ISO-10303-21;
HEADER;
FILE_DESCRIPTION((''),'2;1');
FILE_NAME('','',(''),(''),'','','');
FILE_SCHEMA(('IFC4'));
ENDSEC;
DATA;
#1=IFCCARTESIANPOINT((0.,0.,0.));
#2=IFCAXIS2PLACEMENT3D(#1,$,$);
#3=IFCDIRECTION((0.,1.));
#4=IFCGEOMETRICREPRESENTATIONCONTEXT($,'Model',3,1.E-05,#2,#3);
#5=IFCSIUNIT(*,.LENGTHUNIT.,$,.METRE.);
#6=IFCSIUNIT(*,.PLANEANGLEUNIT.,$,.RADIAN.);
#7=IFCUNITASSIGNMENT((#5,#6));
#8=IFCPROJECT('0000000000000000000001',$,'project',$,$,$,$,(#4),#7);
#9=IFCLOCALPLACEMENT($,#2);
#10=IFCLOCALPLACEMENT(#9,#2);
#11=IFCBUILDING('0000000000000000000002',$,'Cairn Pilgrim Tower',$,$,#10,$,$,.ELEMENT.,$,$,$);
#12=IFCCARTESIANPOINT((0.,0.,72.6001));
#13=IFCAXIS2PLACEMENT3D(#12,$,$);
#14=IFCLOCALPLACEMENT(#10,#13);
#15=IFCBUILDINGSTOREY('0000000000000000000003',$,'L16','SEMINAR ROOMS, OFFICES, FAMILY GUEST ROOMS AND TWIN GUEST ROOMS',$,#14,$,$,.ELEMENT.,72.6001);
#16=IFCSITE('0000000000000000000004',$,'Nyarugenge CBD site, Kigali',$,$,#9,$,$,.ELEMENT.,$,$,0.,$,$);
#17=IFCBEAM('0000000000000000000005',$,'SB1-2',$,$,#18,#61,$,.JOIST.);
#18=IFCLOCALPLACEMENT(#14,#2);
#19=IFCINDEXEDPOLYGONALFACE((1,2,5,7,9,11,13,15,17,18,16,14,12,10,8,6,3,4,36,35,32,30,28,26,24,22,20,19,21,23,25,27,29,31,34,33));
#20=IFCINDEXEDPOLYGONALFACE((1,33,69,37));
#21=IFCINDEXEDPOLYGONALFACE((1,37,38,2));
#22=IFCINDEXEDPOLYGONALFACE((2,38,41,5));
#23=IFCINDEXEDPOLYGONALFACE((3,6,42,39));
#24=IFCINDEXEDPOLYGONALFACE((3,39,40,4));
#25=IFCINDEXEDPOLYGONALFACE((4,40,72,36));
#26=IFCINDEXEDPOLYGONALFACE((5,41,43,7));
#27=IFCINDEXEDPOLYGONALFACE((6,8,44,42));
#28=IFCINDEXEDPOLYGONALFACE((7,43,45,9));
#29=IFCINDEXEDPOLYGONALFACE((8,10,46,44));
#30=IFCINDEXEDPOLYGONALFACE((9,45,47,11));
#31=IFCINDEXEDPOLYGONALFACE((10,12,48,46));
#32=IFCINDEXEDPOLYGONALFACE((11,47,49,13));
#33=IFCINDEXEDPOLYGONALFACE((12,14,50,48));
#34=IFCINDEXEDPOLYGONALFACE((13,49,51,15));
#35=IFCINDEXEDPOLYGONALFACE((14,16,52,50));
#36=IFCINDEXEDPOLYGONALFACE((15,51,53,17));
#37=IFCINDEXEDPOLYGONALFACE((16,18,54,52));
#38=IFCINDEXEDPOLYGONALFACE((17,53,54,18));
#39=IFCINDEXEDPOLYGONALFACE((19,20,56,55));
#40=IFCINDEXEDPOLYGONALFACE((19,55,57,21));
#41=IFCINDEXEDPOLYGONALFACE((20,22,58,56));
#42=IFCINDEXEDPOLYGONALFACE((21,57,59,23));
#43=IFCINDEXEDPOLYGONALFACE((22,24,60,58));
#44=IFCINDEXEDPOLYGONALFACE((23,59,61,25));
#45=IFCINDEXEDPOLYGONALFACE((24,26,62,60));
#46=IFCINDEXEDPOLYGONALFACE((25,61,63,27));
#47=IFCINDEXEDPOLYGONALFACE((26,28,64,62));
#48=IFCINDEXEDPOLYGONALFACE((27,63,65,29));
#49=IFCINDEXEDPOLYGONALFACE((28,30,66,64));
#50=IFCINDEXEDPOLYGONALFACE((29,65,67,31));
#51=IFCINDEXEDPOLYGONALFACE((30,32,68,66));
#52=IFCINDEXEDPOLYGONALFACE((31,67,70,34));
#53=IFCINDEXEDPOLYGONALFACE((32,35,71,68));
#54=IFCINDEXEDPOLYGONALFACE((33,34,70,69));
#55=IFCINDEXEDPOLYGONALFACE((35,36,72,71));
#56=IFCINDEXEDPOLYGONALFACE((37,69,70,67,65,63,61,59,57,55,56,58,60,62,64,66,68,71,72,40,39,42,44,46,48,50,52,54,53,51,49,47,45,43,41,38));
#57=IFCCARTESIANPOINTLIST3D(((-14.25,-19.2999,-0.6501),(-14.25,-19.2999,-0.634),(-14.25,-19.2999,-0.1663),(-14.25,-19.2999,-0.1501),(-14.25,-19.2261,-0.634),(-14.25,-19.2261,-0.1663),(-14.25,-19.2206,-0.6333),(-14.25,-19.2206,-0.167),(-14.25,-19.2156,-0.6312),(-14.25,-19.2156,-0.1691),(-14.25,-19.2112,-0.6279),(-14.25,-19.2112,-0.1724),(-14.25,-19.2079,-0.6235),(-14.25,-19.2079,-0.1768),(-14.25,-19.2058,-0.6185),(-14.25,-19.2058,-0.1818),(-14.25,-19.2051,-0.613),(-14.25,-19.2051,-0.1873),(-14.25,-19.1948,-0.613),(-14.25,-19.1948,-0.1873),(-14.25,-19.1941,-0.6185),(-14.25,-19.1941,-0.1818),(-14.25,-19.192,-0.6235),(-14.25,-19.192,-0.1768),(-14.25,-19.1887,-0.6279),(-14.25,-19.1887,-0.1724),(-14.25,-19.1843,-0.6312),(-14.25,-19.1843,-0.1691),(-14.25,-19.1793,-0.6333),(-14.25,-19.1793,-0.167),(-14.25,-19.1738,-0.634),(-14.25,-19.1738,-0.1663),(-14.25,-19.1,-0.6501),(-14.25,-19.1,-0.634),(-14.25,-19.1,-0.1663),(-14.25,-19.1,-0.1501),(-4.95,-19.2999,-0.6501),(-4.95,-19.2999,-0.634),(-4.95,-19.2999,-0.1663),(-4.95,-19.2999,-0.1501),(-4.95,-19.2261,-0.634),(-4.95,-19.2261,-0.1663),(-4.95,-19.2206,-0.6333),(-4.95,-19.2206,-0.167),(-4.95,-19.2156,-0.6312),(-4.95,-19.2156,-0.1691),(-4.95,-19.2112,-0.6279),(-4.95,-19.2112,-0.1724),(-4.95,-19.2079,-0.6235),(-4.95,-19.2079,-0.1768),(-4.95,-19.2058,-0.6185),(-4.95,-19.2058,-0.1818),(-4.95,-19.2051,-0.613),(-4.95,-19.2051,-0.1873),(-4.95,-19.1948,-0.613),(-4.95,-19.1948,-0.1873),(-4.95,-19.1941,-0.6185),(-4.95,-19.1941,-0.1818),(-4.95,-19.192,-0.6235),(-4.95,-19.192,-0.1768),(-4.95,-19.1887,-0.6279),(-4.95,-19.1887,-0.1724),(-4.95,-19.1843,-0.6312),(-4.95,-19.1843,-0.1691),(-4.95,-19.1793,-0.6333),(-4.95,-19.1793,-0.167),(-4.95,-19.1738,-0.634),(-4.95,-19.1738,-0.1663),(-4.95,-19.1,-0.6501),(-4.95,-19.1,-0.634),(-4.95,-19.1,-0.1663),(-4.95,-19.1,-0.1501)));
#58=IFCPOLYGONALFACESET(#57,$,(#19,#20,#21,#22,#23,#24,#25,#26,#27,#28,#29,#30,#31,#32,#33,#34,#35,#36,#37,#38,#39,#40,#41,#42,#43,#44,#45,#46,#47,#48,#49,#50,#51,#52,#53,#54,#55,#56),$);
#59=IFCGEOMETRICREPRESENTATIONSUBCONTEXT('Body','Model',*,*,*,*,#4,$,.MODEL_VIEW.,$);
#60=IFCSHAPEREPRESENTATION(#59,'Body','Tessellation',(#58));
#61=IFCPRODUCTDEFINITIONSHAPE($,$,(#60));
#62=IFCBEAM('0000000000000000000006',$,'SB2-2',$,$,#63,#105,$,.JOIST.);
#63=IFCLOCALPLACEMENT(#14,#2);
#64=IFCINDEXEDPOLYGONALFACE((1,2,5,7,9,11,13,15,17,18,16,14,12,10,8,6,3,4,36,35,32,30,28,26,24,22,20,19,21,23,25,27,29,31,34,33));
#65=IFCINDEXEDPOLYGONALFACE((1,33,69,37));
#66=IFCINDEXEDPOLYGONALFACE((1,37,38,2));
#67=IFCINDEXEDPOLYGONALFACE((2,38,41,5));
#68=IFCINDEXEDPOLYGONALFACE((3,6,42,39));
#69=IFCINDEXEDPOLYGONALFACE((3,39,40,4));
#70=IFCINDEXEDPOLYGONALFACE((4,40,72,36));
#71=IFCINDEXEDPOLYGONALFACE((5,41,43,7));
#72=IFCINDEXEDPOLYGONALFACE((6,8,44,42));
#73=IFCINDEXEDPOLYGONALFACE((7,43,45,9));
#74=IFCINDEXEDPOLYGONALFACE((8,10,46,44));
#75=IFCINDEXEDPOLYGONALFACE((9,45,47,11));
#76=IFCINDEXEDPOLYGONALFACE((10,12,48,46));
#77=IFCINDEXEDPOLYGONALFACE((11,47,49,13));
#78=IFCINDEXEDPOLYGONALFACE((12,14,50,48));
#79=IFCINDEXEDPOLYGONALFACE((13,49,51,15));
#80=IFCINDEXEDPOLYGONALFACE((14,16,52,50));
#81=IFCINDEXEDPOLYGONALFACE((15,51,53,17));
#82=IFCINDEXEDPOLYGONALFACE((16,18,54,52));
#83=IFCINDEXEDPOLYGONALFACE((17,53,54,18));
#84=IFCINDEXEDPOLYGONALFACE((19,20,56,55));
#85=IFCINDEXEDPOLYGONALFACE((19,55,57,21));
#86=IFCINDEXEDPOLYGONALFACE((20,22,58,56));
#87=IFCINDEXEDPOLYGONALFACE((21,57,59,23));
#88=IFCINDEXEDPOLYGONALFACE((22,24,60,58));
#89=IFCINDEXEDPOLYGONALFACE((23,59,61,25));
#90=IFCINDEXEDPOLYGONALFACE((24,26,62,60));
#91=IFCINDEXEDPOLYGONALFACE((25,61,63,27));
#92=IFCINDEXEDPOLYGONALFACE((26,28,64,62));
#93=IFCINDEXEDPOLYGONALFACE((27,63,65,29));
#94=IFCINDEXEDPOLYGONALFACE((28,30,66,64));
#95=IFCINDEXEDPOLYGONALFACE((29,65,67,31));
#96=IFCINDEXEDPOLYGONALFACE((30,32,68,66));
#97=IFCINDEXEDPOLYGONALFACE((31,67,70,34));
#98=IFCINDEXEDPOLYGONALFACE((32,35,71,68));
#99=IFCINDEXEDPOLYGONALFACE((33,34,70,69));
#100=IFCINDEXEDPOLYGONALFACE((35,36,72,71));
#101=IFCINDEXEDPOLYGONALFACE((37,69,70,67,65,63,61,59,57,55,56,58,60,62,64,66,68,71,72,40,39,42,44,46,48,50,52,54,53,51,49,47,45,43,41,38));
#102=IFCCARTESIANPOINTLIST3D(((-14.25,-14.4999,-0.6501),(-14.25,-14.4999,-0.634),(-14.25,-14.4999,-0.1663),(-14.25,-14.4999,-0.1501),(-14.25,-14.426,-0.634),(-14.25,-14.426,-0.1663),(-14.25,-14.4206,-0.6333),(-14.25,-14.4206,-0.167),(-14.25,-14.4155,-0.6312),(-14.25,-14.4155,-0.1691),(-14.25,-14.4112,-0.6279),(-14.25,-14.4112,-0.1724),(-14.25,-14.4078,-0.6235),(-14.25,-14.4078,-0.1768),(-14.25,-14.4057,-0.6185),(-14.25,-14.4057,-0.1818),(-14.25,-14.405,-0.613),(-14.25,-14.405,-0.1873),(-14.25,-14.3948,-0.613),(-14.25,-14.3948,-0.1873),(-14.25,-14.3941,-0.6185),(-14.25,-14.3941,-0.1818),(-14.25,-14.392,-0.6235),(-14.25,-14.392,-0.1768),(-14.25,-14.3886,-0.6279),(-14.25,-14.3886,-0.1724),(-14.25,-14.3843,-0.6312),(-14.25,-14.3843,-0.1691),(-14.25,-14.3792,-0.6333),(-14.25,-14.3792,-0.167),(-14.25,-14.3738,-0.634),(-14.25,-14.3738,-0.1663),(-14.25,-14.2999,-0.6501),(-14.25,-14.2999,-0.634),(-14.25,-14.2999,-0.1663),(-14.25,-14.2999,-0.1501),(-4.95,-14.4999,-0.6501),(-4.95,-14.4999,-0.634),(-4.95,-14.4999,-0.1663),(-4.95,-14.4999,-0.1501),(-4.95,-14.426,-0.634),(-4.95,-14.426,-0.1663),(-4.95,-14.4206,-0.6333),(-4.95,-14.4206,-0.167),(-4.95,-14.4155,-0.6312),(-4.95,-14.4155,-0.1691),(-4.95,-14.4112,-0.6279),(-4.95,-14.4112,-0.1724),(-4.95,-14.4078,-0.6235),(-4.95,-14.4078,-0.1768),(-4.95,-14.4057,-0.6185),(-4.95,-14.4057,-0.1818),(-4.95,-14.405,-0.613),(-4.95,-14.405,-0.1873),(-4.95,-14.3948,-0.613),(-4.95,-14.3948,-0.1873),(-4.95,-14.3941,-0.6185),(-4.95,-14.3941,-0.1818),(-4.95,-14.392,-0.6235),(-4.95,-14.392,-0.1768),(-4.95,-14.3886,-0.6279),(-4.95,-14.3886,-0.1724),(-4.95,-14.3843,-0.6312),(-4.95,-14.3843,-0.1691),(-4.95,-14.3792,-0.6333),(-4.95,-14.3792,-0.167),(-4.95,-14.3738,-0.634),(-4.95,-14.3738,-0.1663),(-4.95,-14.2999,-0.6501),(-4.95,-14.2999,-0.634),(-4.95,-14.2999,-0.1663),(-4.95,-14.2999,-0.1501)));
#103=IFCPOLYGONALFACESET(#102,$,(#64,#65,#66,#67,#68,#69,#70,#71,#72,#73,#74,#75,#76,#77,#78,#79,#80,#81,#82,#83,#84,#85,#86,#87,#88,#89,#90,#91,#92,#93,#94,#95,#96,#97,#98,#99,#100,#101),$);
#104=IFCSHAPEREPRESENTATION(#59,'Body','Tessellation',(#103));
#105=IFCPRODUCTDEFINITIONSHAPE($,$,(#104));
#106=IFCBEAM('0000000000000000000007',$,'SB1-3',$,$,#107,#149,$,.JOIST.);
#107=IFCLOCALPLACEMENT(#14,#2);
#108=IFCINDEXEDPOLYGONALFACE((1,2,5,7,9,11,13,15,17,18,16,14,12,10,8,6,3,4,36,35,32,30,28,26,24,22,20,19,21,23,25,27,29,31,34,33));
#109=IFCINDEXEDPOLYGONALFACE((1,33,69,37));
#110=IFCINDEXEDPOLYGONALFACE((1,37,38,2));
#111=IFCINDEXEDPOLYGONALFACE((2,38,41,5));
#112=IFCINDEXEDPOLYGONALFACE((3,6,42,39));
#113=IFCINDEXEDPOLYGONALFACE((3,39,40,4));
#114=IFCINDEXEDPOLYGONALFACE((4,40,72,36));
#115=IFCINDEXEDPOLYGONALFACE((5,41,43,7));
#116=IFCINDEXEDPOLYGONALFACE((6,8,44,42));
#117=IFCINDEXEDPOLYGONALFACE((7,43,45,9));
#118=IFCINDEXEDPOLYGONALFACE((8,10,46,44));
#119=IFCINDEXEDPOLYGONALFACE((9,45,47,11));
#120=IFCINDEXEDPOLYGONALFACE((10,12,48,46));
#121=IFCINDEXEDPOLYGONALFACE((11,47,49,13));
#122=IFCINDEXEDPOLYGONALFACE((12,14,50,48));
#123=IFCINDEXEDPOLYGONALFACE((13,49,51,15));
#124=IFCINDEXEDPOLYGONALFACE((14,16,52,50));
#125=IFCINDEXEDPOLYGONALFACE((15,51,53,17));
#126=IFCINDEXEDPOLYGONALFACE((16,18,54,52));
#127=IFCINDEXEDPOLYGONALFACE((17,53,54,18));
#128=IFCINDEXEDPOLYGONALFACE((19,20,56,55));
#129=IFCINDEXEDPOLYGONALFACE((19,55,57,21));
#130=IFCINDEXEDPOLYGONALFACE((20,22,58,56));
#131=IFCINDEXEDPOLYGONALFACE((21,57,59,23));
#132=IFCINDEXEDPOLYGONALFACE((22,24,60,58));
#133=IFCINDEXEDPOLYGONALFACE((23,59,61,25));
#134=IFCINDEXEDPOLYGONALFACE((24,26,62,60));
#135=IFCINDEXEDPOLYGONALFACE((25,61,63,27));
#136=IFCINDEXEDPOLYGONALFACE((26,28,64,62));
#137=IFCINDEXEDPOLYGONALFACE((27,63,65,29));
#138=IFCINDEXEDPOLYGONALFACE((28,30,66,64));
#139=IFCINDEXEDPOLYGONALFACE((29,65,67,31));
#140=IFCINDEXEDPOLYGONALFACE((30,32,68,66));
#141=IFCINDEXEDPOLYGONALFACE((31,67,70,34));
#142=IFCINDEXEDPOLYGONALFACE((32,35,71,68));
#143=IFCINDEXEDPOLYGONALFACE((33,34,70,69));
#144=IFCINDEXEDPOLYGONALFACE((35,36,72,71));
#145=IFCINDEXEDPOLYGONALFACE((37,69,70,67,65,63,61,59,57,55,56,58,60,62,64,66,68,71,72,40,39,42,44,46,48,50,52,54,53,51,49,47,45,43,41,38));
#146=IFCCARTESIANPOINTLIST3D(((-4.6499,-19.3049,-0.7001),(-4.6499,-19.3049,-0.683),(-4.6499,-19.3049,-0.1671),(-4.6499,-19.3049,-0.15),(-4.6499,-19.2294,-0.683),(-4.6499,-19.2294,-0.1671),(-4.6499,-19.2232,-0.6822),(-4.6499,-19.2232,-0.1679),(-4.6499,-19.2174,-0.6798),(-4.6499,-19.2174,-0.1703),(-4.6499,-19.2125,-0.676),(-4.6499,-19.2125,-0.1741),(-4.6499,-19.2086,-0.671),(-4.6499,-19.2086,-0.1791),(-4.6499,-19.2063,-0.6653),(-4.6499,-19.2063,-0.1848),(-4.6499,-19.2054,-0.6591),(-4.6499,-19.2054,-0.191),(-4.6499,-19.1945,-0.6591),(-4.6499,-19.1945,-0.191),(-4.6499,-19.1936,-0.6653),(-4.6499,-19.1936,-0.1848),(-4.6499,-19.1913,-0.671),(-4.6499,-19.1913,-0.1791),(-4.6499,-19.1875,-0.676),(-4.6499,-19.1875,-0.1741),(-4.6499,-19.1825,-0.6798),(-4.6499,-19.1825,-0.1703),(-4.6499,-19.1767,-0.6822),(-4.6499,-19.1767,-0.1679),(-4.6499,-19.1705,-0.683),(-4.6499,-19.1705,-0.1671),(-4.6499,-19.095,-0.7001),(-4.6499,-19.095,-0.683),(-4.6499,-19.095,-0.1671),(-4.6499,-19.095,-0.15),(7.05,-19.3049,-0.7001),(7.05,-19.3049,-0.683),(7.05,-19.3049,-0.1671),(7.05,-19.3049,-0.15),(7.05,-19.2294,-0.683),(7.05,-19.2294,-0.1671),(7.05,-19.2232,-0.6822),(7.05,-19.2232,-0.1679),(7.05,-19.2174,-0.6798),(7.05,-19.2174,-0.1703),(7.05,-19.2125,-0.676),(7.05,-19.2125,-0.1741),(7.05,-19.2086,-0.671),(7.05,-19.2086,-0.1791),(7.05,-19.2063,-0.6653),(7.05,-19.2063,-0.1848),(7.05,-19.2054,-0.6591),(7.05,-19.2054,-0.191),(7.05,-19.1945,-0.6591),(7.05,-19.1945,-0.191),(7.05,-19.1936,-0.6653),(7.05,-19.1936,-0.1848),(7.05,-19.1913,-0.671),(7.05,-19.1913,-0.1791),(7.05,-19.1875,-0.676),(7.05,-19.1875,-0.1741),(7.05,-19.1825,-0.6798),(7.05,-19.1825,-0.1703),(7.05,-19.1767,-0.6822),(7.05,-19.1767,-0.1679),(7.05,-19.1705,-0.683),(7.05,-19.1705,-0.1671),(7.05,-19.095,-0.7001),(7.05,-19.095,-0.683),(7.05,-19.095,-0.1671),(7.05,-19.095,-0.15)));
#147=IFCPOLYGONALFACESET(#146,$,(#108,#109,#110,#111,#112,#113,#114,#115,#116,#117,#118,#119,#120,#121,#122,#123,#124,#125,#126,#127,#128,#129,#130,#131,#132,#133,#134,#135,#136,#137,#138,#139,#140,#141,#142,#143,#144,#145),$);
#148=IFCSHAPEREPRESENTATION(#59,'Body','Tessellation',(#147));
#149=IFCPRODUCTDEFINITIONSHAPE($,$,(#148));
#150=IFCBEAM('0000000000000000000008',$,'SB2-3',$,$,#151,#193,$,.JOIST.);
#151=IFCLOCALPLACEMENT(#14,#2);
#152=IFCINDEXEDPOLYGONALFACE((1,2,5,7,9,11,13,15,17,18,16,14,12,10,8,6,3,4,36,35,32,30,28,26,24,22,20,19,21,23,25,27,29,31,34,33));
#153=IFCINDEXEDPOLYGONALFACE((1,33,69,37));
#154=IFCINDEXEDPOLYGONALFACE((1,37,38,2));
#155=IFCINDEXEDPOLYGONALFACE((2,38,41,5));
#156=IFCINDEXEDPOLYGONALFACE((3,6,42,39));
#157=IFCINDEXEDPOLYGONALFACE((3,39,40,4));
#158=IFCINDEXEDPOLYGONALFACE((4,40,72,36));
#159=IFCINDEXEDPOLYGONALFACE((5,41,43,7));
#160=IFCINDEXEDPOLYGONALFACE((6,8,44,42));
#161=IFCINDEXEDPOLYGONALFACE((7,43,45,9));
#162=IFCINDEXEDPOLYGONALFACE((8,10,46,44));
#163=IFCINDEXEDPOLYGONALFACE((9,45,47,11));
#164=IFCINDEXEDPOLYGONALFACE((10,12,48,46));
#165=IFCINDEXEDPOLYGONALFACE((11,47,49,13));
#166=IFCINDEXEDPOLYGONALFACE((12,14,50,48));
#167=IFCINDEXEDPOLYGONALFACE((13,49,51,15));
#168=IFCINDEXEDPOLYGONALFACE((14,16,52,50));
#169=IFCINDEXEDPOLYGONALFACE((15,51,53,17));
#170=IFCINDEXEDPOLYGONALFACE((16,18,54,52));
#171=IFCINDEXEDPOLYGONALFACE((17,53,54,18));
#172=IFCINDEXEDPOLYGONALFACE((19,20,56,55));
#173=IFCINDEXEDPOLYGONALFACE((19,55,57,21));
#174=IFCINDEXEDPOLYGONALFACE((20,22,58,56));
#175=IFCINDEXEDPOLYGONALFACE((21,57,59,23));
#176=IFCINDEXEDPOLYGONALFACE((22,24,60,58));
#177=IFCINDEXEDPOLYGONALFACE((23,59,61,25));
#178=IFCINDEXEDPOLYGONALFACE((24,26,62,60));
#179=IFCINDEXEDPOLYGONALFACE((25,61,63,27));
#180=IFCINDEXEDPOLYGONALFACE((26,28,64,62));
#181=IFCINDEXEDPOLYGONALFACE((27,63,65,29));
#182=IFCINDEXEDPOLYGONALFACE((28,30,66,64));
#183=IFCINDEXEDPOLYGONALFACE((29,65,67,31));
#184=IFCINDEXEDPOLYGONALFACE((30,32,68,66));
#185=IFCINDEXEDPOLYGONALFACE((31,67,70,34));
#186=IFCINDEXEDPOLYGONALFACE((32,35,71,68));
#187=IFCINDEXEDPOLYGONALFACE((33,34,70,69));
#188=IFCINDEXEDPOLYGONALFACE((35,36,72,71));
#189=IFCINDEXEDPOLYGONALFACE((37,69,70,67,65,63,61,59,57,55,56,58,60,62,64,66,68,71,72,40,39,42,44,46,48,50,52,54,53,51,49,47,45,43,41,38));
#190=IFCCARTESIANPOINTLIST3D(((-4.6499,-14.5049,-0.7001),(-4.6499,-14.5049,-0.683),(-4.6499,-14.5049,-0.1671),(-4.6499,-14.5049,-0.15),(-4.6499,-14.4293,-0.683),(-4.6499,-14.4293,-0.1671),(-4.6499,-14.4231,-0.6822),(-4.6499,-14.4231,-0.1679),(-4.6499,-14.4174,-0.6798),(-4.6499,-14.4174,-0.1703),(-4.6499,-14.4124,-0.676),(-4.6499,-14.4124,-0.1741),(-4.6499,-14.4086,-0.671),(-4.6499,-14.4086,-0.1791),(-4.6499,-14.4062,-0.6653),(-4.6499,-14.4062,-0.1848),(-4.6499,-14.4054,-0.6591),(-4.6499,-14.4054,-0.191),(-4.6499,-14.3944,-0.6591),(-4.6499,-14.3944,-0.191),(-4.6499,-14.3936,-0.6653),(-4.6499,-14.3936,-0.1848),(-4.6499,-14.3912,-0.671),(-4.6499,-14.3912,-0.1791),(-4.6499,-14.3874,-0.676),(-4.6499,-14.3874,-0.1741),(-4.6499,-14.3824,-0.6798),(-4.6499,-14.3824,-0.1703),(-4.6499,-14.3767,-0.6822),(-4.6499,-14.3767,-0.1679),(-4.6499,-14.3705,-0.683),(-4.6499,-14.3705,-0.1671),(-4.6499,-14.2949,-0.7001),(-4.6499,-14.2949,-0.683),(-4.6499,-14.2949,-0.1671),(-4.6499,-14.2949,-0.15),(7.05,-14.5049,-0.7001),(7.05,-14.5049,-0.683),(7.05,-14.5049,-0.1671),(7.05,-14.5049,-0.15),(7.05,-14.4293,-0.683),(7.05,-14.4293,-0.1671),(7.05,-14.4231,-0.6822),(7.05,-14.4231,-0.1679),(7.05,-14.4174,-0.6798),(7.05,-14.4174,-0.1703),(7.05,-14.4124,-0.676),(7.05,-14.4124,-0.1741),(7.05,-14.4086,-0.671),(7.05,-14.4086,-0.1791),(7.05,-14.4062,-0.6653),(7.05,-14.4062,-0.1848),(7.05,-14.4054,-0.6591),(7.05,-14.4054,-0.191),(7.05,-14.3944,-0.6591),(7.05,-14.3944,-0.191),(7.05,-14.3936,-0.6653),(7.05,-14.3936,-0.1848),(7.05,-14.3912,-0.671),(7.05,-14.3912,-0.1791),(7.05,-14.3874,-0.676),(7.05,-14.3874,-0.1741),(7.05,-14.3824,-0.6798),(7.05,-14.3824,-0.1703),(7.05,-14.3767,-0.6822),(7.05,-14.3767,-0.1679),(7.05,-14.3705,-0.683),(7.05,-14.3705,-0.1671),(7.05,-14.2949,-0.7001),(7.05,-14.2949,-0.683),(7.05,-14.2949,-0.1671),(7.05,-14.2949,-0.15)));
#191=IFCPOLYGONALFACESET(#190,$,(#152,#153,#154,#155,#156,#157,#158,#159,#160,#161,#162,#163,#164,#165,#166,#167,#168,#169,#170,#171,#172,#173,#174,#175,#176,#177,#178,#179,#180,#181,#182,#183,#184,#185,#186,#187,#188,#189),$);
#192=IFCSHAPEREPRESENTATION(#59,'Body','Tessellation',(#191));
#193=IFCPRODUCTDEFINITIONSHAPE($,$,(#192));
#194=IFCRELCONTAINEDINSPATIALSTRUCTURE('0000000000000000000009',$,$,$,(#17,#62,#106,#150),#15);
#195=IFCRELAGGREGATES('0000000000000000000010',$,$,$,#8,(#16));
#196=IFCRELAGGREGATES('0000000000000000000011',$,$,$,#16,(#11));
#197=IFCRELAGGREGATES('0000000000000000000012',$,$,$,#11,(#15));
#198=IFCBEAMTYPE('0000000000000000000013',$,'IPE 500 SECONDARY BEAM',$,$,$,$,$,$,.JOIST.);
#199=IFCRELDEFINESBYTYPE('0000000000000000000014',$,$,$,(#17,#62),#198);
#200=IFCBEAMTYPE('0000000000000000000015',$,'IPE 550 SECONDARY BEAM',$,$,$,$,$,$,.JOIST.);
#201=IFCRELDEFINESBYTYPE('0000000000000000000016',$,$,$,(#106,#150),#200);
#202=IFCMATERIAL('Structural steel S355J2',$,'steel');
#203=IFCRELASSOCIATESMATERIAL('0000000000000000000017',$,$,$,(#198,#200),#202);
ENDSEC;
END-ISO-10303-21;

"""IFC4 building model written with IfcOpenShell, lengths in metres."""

from ifc_helpers import new_model, si_unit, direction, frame, origin, origin_2d, place, context, subcontext, project, spatial, i_section, extrude, material, material_profile, profile_set, type_object, element, save


model = new_model("IFC4")

# Units and contexts
model_context = context("Model", 3, precision=1e-05, world=origin(), true_north=direction((0.0, 1.0)))
body_context = subcontext(model_context, "Body", "Model", "MODEL_VIEW")
ifc_project = project(units=[si_unit("LENGTHUNIT", "METRE"), si_unit("PLANEANGLEUNIT", "RADIAN")], contexts=[model_context])

# Site, building, storey
site_placement = place(None, origin())
site = spatial("IfcSite", under=ifc_project, at=site_placement, Name="Nyarugenge CBD site, Kigali", CompositionType="ELEMENT", RefElevation=0.0)
building_placement = place(site_placement, origin())
building = spatial("IfcBuilding", under=site, at=building_placement, Name="Cairn Pilgrim Tower", CompositionType="ELEMENT")
storey_placement = place(building_placement, frame((0.0, 0.0, 72.6001)))
storey = spatial("IfcBuildingStorey", under=building, at=storey_placement, Name="L16", Description="SEMINAR ROOMS, OFFICES, FAMILY GUEST ROOMS AND TWIN GUEST ROOMS", CompositionType="ELEMENT", Elevation=72.6001)

# Beams
ifc_material_1 = material(Name="Structural steel S355J2", Category="steel")
ifc_material_profile_1 = material_profile(ifc_material_1, i_section(OverallWidth=0.2, OverallDepth=0.5, WebThickness=0.0103, FlangeThickness=0.0161, FilletRadius=0.021, at=origin_2d()), Name="IPE 500")
ifc_profile_set_1 = profile_set([ifc_material_profile_1], Name="Structural steel S355J2")
beam_type_1 = type_object("IfcBeamType", Name="IPE 500 SECONDARY BEAM", PredefinedType="JOIST", material=ifc_profile_set_1)
for number, where, z_axis, x_axis, name in (
    (1, (-14.25, -19.2, -0.4001), (1.0, 0.0, 0.0), (0.0, 1.0, 0.0), "SB1-2"),
    (2, (-14.25, -14.3999, -0.4001), (1.0, 0.0, 0.0), (0.0, 1.0, 0.0), "SB2-2"),
):
    element("IfcBeam", number, at=place(storey_placement, frame(where, z_axis=z_axis, x_axis=x_axis)), inside=storey, type_object=beam_type_1, Name=name, PredefinedType="JOIST", context=body_context, shape_type="SweptSolid", body=[
        extrude(i_section(OverallWidth=0.2, OverallDepth=0.5, WebThickness=0.0103, FlangeThickness=0.0161, FilletRadius=0.021, at=origin_2d()), origin(), (0.0, 0.0, 1.0), 9.3),
    ])
ifc_material_profile_2 = material_profile(ifc_material_1, i_section(OverallWidth=0.21, OverallDepth=0.55, WebThickness=0.011, FlangeThickness=0.0171, FilletRadius=0.0239, at=origin_2d()), Name="IPE 550")
ifc_profile_set_2 = profile_set([ifc_material_profile_2], Name="Structural steel S355J2")
beam_type_2 = type_object("IfcBeamType", Name="IPE 550 SECONDARY BEAM", PredefinedType="JOIST", material=ifc_profile_set_2)
for number, where, z_axis, x_axis, name in (
    (3, (-4.6499, -19.2, -0.425), (1.0, 0.0, 0.0), (0.0, 1.0, 0.0), "SB1-3"),
    (4, (-4.6499, -14.3999, -0.425), (1.0, 0.0, 0.0), (0.0, 1.0, 0.0), "SB2-3"),
):
    element("IfcBeam", number, at=place(storey_placement, frame(where, z_axis=z_axis, x_axis=x_axis)), inside=storey, type_object=beam_type_2, Name=name, PredefinedType="JOIST", context=body_context, shape_type="SweptSolid", body=[
        extrude(i_section(OverallWidth=0.21, OverallDepth=0.55, WebThickness=0.011, FlangeThickness=0.0171, FilletRadius=0.0239, at=origin_2d()), origin(), (0.0, 0.0, 1.0), 11.7),
    ])

save(model, "model.ifc")
